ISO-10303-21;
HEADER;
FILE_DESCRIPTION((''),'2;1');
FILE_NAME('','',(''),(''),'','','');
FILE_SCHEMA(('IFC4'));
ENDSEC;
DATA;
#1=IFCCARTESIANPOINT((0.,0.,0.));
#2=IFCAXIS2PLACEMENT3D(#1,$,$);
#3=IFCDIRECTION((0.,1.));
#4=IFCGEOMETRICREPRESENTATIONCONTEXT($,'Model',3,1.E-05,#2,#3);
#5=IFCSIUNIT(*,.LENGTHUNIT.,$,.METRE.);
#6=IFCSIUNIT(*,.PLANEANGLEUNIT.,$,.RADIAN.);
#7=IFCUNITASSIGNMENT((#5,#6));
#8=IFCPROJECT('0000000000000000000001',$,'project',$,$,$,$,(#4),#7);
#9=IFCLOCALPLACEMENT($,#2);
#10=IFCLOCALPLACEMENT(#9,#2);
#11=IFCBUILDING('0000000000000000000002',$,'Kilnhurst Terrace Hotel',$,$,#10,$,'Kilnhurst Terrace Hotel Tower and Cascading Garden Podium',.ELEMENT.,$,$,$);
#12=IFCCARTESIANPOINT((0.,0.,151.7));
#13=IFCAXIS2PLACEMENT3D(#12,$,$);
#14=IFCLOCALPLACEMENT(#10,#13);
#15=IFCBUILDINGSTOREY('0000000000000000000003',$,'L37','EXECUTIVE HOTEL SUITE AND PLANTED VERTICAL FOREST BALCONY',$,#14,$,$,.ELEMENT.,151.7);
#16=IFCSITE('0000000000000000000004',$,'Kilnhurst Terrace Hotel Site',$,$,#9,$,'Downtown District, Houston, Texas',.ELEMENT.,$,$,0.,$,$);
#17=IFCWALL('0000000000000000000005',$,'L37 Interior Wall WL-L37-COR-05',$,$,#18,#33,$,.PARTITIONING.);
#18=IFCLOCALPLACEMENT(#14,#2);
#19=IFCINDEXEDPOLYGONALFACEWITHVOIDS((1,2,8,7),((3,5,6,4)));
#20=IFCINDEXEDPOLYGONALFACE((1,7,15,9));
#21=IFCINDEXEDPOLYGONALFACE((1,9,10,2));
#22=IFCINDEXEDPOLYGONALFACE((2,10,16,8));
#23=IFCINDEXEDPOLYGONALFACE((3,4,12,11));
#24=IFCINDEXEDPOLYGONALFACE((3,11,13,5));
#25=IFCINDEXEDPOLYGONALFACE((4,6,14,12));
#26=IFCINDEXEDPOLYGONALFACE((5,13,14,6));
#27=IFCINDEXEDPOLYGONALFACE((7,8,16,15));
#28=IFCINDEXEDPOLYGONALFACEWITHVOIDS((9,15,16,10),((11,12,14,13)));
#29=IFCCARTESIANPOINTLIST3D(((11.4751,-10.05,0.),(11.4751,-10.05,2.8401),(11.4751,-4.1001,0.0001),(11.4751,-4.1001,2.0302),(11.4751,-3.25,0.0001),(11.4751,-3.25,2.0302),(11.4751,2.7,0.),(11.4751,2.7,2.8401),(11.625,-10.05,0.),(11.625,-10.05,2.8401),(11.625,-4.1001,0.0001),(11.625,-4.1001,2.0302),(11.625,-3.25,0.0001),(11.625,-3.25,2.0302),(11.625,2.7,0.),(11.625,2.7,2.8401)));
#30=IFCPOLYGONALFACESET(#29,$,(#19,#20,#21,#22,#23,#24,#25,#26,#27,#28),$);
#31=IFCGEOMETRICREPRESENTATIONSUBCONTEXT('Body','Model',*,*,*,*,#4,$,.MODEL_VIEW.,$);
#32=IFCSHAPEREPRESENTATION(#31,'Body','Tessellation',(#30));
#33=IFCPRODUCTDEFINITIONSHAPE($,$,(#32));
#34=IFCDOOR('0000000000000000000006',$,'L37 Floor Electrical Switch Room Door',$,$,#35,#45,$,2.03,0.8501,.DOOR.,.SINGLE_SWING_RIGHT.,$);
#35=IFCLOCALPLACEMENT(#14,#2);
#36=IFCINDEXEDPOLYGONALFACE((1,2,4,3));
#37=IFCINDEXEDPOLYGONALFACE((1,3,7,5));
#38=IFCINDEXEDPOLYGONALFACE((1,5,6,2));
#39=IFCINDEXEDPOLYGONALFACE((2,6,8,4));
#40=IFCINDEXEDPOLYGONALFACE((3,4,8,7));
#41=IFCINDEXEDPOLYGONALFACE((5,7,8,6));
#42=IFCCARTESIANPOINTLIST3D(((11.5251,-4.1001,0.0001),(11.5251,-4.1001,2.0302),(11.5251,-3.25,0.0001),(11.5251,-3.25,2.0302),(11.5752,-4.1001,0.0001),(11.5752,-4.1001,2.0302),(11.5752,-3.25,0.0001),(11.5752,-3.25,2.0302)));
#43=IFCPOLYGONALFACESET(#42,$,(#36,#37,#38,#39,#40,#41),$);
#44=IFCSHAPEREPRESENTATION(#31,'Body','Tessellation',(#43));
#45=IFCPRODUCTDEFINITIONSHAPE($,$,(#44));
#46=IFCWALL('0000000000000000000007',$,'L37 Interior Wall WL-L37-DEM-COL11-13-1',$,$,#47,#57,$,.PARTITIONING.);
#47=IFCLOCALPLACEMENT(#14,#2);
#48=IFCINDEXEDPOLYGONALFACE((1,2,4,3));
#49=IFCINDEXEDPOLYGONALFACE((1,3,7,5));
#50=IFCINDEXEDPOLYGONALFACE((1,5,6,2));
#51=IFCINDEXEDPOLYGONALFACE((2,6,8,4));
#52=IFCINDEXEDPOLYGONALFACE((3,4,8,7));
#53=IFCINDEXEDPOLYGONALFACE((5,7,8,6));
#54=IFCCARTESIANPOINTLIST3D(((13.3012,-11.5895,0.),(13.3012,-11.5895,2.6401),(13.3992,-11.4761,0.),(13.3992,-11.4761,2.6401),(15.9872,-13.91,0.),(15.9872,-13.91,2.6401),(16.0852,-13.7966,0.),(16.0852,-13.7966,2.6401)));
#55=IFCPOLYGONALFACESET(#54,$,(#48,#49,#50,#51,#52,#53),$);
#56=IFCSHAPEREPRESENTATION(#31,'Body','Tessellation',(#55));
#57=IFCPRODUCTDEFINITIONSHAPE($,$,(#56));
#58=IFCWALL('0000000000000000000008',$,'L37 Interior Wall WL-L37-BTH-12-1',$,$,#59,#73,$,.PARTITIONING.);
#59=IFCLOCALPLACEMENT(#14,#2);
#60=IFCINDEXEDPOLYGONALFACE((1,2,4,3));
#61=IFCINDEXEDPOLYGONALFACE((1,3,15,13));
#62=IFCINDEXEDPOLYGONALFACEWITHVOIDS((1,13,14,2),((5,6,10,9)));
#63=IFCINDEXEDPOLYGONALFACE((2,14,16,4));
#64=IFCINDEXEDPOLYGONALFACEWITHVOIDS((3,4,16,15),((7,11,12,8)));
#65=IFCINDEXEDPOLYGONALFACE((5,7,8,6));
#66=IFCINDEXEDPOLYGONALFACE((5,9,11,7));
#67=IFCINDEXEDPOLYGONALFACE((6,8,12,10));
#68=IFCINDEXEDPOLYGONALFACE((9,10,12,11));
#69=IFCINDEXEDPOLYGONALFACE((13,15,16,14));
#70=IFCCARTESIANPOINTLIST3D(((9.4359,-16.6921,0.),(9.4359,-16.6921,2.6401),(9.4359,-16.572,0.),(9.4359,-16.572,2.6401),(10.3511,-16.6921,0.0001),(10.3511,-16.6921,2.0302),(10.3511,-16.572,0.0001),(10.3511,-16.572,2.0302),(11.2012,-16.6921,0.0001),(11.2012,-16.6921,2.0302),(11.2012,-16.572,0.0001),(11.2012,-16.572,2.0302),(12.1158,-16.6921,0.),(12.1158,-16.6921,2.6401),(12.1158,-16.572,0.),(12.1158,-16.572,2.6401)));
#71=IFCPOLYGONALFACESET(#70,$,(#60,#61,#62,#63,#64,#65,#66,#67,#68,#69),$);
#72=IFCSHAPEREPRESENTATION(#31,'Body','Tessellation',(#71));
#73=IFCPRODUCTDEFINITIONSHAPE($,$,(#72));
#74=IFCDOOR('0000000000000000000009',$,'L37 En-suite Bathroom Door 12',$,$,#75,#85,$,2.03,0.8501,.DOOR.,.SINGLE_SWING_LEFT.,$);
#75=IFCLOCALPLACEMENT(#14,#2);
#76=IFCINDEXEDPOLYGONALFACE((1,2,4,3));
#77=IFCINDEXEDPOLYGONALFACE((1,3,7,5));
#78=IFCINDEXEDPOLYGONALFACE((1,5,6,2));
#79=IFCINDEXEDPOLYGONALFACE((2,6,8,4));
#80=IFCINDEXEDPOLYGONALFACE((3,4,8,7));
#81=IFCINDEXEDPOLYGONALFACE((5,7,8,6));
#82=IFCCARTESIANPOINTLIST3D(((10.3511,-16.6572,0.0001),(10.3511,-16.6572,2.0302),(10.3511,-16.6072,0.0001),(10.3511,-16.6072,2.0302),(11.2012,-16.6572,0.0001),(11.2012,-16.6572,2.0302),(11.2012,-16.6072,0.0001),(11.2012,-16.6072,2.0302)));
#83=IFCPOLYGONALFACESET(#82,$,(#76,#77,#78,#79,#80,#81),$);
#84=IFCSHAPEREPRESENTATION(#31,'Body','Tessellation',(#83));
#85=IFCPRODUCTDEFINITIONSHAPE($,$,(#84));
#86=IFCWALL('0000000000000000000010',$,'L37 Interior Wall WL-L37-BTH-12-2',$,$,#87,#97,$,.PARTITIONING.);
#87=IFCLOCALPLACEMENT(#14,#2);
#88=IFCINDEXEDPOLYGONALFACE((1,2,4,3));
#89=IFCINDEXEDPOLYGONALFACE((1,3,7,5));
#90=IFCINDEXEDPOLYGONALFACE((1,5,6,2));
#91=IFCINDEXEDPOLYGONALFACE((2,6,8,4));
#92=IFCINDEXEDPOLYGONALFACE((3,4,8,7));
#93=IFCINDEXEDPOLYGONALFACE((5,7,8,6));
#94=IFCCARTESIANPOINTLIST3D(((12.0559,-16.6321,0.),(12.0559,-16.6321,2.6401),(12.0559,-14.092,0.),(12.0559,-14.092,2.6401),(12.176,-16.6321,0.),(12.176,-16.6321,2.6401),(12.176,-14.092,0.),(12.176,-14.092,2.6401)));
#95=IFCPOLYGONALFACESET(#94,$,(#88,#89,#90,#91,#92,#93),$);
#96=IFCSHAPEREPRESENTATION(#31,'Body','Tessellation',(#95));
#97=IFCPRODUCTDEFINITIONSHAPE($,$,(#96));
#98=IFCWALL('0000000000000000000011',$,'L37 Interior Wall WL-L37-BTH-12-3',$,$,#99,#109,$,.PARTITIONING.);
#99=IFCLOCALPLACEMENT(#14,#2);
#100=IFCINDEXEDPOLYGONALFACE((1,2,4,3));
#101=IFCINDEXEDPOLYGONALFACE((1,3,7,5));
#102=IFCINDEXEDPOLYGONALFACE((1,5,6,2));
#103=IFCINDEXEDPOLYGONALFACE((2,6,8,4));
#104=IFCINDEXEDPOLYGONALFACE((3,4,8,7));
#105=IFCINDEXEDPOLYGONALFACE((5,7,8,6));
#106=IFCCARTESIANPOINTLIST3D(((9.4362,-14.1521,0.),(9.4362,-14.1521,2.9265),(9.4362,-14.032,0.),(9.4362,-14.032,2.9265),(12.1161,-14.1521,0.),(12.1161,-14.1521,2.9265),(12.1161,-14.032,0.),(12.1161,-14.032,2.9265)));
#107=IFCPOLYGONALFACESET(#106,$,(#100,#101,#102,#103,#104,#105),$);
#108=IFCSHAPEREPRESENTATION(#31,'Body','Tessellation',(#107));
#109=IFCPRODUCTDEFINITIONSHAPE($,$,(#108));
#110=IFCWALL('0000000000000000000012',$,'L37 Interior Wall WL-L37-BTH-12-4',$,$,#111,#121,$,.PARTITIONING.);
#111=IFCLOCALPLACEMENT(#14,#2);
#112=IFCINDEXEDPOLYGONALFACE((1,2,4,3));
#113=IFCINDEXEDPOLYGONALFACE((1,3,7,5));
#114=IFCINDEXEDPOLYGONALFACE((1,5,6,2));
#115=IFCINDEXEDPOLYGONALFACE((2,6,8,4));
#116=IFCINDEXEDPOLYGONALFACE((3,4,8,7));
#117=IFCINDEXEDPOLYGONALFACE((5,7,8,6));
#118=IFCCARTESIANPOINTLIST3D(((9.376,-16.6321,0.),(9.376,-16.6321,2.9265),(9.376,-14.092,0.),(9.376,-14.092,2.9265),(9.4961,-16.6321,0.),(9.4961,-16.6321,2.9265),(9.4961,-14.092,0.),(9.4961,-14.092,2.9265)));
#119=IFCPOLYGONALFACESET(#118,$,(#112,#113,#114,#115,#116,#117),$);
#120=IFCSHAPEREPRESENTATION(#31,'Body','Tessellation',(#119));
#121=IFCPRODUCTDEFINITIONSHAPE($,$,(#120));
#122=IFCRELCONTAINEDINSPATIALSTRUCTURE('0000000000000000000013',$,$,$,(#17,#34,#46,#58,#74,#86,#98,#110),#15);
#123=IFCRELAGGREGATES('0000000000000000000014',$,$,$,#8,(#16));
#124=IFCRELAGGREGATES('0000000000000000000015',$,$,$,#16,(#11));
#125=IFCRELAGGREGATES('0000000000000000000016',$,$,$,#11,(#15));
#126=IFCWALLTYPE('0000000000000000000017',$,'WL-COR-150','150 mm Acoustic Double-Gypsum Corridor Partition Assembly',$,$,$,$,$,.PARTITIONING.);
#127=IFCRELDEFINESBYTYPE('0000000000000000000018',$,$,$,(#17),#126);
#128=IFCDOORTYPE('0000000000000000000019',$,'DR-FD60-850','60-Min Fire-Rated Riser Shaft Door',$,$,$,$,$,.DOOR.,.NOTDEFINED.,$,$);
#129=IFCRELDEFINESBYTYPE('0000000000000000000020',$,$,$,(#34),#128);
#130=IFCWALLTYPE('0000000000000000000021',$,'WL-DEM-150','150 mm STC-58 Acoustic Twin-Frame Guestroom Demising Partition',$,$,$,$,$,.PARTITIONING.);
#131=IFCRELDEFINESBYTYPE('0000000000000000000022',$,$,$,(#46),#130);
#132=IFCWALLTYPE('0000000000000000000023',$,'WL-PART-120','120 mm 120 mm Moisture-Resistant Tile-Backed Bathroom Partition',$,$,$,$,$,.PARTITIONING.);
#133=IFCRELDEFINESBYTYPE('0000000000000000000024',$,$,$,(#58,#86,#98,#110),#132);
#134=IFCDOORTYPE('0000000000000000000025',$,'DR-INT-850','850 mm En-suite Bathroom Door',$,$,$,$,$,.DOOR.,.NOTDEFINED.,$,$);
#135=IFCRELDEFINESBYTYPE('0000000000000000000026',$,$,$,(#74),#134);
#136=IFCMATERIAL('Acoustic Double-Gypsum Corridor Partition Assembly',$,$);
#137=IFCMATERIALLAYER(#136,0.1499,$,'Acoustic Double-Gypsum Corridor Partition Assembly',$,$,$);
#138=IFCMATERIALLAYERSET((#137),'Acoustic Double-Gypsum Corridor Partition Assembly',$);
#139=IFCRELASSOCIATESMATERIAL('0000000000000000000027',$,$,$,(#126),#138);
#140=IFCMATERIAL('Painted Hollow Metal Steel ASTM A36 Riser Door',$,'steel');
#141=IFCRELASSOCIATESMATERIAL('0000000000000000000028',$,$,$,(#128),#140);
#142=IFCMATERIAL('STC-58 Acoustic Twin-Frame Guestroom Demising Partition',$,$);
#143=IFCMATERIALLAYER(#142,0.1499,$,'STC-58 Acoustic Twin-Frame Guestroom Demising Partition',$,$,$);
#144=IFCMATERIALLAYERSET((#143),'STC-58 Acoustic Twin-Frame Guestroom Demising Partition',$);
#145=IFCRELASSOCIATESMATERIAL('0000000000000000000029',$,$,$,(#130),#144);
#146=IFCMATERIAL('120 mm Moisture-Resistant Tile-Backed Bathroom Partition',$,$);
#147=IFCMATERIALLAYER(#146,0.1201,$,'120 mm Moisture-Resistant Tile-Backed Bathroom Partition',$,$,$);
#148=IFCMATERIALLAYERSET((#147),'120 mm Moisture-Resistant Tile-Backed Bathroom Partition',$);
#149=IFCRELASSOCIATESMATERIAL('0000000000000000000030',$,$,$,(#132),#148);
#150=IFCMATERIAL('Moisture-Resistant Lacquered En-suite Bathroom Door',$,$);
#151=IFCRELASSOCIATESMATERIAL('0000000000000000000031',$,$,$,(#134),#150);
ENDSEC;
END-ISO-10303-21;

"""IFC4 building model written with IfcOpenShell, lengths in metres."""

from ifc_helpers import new_model, si_unit, direction, frame, frame_2d, origin, place, context, subcontext, project, spatial, rectangle, extrude, material, layer, layer_set, type_object, element, fill, save


model = new_model("IFC4")

# Units and contexts
model_context = context("Model", 3, precision=1e-05, world=origin(), true_north=direction((0.0, 1.0)))
body_context = subcontext(model_context, "Body", "Model", "MODEL_VIEW")
ifc_project = project(units=[si_unit("LENGTHUNIT", "METRE"), si_unit("PLANEANGLEUNIT", "RADIAN")], contexts=[model_context])

# Site, building, storey
site_placement = place(None, origin())
site = spatial("IfcSite", under=ifc_project, at=site_placement, Name="Kilnhurst Terrace Hotel Site", LongName="Downtown District, Houston, Texas", CompositionType="ELEMENT", RefElevation=0.0)
building_placement = place(site_placement, origin())
building = spatial("IfcBuilding", under=site, at=building_placement, Name="Kilnhurst Terrace Hotel", LongName="Kilnhurst Terrace Hotel Tower and Cascading Garden Podium", CompositionType="ELEMENT")
storey_placement = place(building_placement, frame((0.0, 0.0, 151.7)))
storey = spatial("IfcBuildingStorey", under=building, at=storey_placement, Name="L37", Description="EXECUTIVE HOTEL SUITE AND PLANTED VERTICAL FOREST BALCONY", CompositionType="ELEMENT", Elevation=151.7)

# Shared definitions
ifc_material_1 = material(Name="Acoustic Double-Gypsum Corridor Partition Assembly")
ifc_layer_1 = layer(ifc_material_1, 0.1499, Name="Acoustic Double-Gypsum Corridor Partition Assembly")
ifc_layer_set_1 = layer_set([ifc_layer_1], Name="Acoustic Double-Gypsum Corridor Partition Assembly")
wall_type_1 = type_object("IfcWallType", Name="WL-COR-150", Description="150 mm Acoustic Double-Gypsum Corridor Partition Assembly", PredefinedType="PARTITIONING", material=ifc_layer_set_1)

# Wall, opening, door
wall_1_placement = place(storey_placement, frame((11.55, -10.05, 0.0), z_axis=(0.0, 0.0, 1.0), x_axis=(0.0, 1.0, 0.0)))
wall_1 = element("IfcWall", 1, at=wall_1_placement, inside=storey, type_object=wall_type_1, Name="L37 Interior Wall WL-L37-COR-05", PredefinedType="PARTITIONING", context=body_context, shape_type="SweptSolid", body=[
    extrude(rectangle(XDim=12.75, YDim=0.1499, at=frame_2d((6.375, 0.0))), origin(), (0.0, 0.0, 1.0), 2.8401),
])
opening_1_placement = place(wall_1_placement, frame((5.95, 0.0, 0.0)))
opening_1 = element("IfcOpeningElement", 2, at=opening_1_placement, cuts=wall_1, PredefinedType="OPENING", context=body_context, shape_type="SweptSolid", body=[
    extrude(rectangle(XDim=0.8501, YDim=2.03, at=frame_2d((0.425, 1.0151))), frame((0.0, 0.085, 0.0), z_axis=(0.0, -1.0, 0.0), x_axis=(1.0, 0.0, 0.0)), (0.0, 0.0, 1.0), 0.1699),
])
ifc_material_2 = material(Name="Painted Hollow Metal Steel ASTM A36 Riser Door", Category="steel")
door_type_1 = type_object("IfcDoorType", Name="DR-FD60-850", Description="60-Min Fire-Rated Riser Shaft Door", OperationType="NOTDEFINED", PredefinedType="DOOR", material=ifc_material_2)
door_1_placement = place(opening_1_placement, origin())
door_1 = element("IfcDoor", 3, at=door_1_placement, inside=storey, type_object=door_type_1, Name="L37 Floor Electrical Switch Room Door", OperationType="SINGLE_SWING_RIGHT", OverallHeight=2.03, OverallWidth=0.8501, PredefinedType="DOOR", context=body_context, shape_type="SweptSolid", body=[
    extrude(rectangle(XDim=0.8501, YDim=2.03, at=frame_2d((0.425, 1.0151))), frame((0.0, 0.0249, 0.0), z_axis=(0.0, -1.0, 0.0), x_axis=(1.0, 0.0, 0.0)), (0.0, 0.0, 1.0), 0.05),
])
fill(opening_1, door_1)

# Wall
ifc_material_3 = material(Name="STC-58 Acoustic Twin-Frame Guestroom Demising Partition")
ifc_layer_2 = layer(ifc_material_3, 0.1499, Name="STC-58 Acoustic Twin-Frame Guestroom Demising Partition")
ifc_layer_set_2 = layer_set([ifc_layer_2], Name="STC-58 Acoustic Twin-Frame Guestroom Demising Partition")
wall_type_2 = type_object("IfcWallType", Name="WL-DEM-150", Description="150 mm STC-58 Acoustic Twin-Frame Guestroom Demising Partition", PredefinedType="PARTITIONING", material=ifc_layer_set_2)
wall_2_placement = place(storey_placement, frame((13.3501, -11.5327, 0.0), z_axis=(0.0, 0.0, 1.0), x_axis=(0.756712, -0.653749, 0.0)))
element("IfcWall", 4, at=wall_2_placement, inside=storey, type_object=wall_type_2, Name="L37 Interior Wall WL-L37-DEM-COL11-13-1", PredefinedType="PARTITIONING", context=body_context, shape_type="SweptSolid", body=[
    extrude(rectangle(XDim=3.5496, YDim=0.1499, at=frame_2d((1.7749, 0.0))), origin(), (0.0, 0.0, 1.0), 2.6401),
])

# Wall, opening, door
ifc_material_4 = material(Name="120 mm Moisture-Resistant Tile-Backed Bathroom Partition")
ifc_layer_3 = layer(ifc_material_4, 0.1201, Name="120 mm Moisture-Resistant Tile-Backed Bathroom Partition")
ifc_layer_set_3 = layer_set([ifc_layer_3], Name="120 mm Moisture-Resistant Tile-Backed Bathroom Partition")
wall_type_3 = type_object("IfcWallType", Name="WL-PART-120", Description="120 mm 120 mm Moisture-Resistant Tile-Backed Bathroom Partition", PredefinedType="PARTITIONING", material=ifc_layer_set_3)
wall_3_placement = place(storey_placement, frame((9.436, -16.6321, 0.0), z_axis=(0.0, 0.0, 1.0), x_axis=(1.0, 0.0, 0.0)))
wall_3 = element("IfcWall", 5, at=wall_3_placement, inside=storey, type_object=wall_type_3, Name="L37 Interior Wall WL-L37-BTH-12-1", PredefinedType="PARTITIONING", context=body_context, shape_type="SweptSolid", body=[
    extrude(rectangle(XDim=2.6799, YDim=0.1201, at=frame_2d((1.3398, 0.0))), origin(), (0.0, 0.0, 1.0), 2.6401),
])
opening_2_placement = place(wall_3_placement, frame((0.915, 0.0, 0.0)))
opening_2 = element("IfcOpeningElement", 6, at=opening_2_placement, cuts=wall_3, PredefinedType="OPENING", context=body_context, shape_type="SweptSolid", body=[
    extrude(rectangle(XDim=0.8501, YDim=2.03, at=frame_2d((0.425, 1.0151))), frame((0.0, 0.0701, 0.0), z_axis=(0.0, -1.0, 0.0), x_axis=(1.0, 0.0, 0.0)), (0.0, 0.0, 1.0), 0.1401),
])
ifc_material_5 = material(Name="Moisture-Resistant Lacquered En-suite Bathroom Door")
door_type_2 = type_object("IfcDoorType", Name="DR-INT-850", Description="850 mm En-suite Bathroom Door", OperationType="NOTDEFINED", PredefinedType="DOOR", material=ifc_material_5)
door_2_placement = place(opening_2_placement, origin())
door_2 = element("IfcDoor", 7, at=door_2_placement, inside=storey, type_object=door_type_2, Name="L37 En-suite Bathroom Door 12", OperationType="SINGLE_SWING_LEFT", OverallHeight=2.03, OverallWidth=0.8501, PredefinedType="DOOR", context=body_context, shape_type="SweptSolid", body=[
    extrude(rectangle(XDim=0.8501, YDim=2.03, at=frame_2d((0.425, 1.0151))), frame((0.0, 0.0249, 0.0), z_axis=(0.0, -1.0, 0.0), x_axis=(1.0, 0.0, 0.0)), (0.0, 0.0, 1.0), 0.05),
])
fill(opening_2, door_2)

# Walls
wall_4_placement = place(storey_placement, frame((12.116, -16.6321, 0.0), z_axis=(0.0, 0.0, 1.0), x_axis=(0.0, 1.0, 0.0)))
element("IfcWall", 8, at=wall_4_placement, inside=storey, type_object=wall_type_3, Name="L37 Interior Wall WL-L37-BTH-12-2", PredefinedType="PARTITIONING", context=body_context, shape_type="SweptSolid", body=[
    extrude(rectangle(XDim=2.54, YDim=0.1201, at=frame_2d((1.27, 0.0))), origin(), (0.0, 0.0, 1.0), 2.6401),
])
wall_5_placement = place(storey_placement, frame((12.116, -14.092, 0.0), z_axis=(0.0, 0.0, 1.0), x_axis=(-1.0, 0.0, 0.0)))
element("IfcWall", 9, at=wall_5_placement, inside=storey, type_object=wall_type_3, Name="L37 Interior Wall WL-L37-BTH-12-3", PredefinedType="PARTITIONING", context=body_context, shape_type="SweptSolid", body=[
    extrude(rectangle(XDim=2.6799, YDim=0.1201, at=frame_2d((1.3398, 0.0))), origin(), (0.0, 0.0, 1.0), 2.9265),
])
wall_6_placement = place(storey_placement, frame((9.436, -14.092, 0.0), z_axis=(0.0, 0.0, 1.0), x_axis=(0.0, -1.0, 0.0)))
element("IfcWall", 10, at=wall_6_placement, inside=storey, type_object=wall_type_3, Name="L37 Interior Wall WL-L37-BTH-12-4", PredefinedType="PARTITIONING", context=body_context, shape_type="SweptSolid", body=[
    extrude(rectangle(XDim=2.54, YDim=0.1201, at=frame_2d((1.27, 0.0))), origin(), (0.0, 0.0, 1.0), 2.9265),
])

save(model, "model.ifc")
